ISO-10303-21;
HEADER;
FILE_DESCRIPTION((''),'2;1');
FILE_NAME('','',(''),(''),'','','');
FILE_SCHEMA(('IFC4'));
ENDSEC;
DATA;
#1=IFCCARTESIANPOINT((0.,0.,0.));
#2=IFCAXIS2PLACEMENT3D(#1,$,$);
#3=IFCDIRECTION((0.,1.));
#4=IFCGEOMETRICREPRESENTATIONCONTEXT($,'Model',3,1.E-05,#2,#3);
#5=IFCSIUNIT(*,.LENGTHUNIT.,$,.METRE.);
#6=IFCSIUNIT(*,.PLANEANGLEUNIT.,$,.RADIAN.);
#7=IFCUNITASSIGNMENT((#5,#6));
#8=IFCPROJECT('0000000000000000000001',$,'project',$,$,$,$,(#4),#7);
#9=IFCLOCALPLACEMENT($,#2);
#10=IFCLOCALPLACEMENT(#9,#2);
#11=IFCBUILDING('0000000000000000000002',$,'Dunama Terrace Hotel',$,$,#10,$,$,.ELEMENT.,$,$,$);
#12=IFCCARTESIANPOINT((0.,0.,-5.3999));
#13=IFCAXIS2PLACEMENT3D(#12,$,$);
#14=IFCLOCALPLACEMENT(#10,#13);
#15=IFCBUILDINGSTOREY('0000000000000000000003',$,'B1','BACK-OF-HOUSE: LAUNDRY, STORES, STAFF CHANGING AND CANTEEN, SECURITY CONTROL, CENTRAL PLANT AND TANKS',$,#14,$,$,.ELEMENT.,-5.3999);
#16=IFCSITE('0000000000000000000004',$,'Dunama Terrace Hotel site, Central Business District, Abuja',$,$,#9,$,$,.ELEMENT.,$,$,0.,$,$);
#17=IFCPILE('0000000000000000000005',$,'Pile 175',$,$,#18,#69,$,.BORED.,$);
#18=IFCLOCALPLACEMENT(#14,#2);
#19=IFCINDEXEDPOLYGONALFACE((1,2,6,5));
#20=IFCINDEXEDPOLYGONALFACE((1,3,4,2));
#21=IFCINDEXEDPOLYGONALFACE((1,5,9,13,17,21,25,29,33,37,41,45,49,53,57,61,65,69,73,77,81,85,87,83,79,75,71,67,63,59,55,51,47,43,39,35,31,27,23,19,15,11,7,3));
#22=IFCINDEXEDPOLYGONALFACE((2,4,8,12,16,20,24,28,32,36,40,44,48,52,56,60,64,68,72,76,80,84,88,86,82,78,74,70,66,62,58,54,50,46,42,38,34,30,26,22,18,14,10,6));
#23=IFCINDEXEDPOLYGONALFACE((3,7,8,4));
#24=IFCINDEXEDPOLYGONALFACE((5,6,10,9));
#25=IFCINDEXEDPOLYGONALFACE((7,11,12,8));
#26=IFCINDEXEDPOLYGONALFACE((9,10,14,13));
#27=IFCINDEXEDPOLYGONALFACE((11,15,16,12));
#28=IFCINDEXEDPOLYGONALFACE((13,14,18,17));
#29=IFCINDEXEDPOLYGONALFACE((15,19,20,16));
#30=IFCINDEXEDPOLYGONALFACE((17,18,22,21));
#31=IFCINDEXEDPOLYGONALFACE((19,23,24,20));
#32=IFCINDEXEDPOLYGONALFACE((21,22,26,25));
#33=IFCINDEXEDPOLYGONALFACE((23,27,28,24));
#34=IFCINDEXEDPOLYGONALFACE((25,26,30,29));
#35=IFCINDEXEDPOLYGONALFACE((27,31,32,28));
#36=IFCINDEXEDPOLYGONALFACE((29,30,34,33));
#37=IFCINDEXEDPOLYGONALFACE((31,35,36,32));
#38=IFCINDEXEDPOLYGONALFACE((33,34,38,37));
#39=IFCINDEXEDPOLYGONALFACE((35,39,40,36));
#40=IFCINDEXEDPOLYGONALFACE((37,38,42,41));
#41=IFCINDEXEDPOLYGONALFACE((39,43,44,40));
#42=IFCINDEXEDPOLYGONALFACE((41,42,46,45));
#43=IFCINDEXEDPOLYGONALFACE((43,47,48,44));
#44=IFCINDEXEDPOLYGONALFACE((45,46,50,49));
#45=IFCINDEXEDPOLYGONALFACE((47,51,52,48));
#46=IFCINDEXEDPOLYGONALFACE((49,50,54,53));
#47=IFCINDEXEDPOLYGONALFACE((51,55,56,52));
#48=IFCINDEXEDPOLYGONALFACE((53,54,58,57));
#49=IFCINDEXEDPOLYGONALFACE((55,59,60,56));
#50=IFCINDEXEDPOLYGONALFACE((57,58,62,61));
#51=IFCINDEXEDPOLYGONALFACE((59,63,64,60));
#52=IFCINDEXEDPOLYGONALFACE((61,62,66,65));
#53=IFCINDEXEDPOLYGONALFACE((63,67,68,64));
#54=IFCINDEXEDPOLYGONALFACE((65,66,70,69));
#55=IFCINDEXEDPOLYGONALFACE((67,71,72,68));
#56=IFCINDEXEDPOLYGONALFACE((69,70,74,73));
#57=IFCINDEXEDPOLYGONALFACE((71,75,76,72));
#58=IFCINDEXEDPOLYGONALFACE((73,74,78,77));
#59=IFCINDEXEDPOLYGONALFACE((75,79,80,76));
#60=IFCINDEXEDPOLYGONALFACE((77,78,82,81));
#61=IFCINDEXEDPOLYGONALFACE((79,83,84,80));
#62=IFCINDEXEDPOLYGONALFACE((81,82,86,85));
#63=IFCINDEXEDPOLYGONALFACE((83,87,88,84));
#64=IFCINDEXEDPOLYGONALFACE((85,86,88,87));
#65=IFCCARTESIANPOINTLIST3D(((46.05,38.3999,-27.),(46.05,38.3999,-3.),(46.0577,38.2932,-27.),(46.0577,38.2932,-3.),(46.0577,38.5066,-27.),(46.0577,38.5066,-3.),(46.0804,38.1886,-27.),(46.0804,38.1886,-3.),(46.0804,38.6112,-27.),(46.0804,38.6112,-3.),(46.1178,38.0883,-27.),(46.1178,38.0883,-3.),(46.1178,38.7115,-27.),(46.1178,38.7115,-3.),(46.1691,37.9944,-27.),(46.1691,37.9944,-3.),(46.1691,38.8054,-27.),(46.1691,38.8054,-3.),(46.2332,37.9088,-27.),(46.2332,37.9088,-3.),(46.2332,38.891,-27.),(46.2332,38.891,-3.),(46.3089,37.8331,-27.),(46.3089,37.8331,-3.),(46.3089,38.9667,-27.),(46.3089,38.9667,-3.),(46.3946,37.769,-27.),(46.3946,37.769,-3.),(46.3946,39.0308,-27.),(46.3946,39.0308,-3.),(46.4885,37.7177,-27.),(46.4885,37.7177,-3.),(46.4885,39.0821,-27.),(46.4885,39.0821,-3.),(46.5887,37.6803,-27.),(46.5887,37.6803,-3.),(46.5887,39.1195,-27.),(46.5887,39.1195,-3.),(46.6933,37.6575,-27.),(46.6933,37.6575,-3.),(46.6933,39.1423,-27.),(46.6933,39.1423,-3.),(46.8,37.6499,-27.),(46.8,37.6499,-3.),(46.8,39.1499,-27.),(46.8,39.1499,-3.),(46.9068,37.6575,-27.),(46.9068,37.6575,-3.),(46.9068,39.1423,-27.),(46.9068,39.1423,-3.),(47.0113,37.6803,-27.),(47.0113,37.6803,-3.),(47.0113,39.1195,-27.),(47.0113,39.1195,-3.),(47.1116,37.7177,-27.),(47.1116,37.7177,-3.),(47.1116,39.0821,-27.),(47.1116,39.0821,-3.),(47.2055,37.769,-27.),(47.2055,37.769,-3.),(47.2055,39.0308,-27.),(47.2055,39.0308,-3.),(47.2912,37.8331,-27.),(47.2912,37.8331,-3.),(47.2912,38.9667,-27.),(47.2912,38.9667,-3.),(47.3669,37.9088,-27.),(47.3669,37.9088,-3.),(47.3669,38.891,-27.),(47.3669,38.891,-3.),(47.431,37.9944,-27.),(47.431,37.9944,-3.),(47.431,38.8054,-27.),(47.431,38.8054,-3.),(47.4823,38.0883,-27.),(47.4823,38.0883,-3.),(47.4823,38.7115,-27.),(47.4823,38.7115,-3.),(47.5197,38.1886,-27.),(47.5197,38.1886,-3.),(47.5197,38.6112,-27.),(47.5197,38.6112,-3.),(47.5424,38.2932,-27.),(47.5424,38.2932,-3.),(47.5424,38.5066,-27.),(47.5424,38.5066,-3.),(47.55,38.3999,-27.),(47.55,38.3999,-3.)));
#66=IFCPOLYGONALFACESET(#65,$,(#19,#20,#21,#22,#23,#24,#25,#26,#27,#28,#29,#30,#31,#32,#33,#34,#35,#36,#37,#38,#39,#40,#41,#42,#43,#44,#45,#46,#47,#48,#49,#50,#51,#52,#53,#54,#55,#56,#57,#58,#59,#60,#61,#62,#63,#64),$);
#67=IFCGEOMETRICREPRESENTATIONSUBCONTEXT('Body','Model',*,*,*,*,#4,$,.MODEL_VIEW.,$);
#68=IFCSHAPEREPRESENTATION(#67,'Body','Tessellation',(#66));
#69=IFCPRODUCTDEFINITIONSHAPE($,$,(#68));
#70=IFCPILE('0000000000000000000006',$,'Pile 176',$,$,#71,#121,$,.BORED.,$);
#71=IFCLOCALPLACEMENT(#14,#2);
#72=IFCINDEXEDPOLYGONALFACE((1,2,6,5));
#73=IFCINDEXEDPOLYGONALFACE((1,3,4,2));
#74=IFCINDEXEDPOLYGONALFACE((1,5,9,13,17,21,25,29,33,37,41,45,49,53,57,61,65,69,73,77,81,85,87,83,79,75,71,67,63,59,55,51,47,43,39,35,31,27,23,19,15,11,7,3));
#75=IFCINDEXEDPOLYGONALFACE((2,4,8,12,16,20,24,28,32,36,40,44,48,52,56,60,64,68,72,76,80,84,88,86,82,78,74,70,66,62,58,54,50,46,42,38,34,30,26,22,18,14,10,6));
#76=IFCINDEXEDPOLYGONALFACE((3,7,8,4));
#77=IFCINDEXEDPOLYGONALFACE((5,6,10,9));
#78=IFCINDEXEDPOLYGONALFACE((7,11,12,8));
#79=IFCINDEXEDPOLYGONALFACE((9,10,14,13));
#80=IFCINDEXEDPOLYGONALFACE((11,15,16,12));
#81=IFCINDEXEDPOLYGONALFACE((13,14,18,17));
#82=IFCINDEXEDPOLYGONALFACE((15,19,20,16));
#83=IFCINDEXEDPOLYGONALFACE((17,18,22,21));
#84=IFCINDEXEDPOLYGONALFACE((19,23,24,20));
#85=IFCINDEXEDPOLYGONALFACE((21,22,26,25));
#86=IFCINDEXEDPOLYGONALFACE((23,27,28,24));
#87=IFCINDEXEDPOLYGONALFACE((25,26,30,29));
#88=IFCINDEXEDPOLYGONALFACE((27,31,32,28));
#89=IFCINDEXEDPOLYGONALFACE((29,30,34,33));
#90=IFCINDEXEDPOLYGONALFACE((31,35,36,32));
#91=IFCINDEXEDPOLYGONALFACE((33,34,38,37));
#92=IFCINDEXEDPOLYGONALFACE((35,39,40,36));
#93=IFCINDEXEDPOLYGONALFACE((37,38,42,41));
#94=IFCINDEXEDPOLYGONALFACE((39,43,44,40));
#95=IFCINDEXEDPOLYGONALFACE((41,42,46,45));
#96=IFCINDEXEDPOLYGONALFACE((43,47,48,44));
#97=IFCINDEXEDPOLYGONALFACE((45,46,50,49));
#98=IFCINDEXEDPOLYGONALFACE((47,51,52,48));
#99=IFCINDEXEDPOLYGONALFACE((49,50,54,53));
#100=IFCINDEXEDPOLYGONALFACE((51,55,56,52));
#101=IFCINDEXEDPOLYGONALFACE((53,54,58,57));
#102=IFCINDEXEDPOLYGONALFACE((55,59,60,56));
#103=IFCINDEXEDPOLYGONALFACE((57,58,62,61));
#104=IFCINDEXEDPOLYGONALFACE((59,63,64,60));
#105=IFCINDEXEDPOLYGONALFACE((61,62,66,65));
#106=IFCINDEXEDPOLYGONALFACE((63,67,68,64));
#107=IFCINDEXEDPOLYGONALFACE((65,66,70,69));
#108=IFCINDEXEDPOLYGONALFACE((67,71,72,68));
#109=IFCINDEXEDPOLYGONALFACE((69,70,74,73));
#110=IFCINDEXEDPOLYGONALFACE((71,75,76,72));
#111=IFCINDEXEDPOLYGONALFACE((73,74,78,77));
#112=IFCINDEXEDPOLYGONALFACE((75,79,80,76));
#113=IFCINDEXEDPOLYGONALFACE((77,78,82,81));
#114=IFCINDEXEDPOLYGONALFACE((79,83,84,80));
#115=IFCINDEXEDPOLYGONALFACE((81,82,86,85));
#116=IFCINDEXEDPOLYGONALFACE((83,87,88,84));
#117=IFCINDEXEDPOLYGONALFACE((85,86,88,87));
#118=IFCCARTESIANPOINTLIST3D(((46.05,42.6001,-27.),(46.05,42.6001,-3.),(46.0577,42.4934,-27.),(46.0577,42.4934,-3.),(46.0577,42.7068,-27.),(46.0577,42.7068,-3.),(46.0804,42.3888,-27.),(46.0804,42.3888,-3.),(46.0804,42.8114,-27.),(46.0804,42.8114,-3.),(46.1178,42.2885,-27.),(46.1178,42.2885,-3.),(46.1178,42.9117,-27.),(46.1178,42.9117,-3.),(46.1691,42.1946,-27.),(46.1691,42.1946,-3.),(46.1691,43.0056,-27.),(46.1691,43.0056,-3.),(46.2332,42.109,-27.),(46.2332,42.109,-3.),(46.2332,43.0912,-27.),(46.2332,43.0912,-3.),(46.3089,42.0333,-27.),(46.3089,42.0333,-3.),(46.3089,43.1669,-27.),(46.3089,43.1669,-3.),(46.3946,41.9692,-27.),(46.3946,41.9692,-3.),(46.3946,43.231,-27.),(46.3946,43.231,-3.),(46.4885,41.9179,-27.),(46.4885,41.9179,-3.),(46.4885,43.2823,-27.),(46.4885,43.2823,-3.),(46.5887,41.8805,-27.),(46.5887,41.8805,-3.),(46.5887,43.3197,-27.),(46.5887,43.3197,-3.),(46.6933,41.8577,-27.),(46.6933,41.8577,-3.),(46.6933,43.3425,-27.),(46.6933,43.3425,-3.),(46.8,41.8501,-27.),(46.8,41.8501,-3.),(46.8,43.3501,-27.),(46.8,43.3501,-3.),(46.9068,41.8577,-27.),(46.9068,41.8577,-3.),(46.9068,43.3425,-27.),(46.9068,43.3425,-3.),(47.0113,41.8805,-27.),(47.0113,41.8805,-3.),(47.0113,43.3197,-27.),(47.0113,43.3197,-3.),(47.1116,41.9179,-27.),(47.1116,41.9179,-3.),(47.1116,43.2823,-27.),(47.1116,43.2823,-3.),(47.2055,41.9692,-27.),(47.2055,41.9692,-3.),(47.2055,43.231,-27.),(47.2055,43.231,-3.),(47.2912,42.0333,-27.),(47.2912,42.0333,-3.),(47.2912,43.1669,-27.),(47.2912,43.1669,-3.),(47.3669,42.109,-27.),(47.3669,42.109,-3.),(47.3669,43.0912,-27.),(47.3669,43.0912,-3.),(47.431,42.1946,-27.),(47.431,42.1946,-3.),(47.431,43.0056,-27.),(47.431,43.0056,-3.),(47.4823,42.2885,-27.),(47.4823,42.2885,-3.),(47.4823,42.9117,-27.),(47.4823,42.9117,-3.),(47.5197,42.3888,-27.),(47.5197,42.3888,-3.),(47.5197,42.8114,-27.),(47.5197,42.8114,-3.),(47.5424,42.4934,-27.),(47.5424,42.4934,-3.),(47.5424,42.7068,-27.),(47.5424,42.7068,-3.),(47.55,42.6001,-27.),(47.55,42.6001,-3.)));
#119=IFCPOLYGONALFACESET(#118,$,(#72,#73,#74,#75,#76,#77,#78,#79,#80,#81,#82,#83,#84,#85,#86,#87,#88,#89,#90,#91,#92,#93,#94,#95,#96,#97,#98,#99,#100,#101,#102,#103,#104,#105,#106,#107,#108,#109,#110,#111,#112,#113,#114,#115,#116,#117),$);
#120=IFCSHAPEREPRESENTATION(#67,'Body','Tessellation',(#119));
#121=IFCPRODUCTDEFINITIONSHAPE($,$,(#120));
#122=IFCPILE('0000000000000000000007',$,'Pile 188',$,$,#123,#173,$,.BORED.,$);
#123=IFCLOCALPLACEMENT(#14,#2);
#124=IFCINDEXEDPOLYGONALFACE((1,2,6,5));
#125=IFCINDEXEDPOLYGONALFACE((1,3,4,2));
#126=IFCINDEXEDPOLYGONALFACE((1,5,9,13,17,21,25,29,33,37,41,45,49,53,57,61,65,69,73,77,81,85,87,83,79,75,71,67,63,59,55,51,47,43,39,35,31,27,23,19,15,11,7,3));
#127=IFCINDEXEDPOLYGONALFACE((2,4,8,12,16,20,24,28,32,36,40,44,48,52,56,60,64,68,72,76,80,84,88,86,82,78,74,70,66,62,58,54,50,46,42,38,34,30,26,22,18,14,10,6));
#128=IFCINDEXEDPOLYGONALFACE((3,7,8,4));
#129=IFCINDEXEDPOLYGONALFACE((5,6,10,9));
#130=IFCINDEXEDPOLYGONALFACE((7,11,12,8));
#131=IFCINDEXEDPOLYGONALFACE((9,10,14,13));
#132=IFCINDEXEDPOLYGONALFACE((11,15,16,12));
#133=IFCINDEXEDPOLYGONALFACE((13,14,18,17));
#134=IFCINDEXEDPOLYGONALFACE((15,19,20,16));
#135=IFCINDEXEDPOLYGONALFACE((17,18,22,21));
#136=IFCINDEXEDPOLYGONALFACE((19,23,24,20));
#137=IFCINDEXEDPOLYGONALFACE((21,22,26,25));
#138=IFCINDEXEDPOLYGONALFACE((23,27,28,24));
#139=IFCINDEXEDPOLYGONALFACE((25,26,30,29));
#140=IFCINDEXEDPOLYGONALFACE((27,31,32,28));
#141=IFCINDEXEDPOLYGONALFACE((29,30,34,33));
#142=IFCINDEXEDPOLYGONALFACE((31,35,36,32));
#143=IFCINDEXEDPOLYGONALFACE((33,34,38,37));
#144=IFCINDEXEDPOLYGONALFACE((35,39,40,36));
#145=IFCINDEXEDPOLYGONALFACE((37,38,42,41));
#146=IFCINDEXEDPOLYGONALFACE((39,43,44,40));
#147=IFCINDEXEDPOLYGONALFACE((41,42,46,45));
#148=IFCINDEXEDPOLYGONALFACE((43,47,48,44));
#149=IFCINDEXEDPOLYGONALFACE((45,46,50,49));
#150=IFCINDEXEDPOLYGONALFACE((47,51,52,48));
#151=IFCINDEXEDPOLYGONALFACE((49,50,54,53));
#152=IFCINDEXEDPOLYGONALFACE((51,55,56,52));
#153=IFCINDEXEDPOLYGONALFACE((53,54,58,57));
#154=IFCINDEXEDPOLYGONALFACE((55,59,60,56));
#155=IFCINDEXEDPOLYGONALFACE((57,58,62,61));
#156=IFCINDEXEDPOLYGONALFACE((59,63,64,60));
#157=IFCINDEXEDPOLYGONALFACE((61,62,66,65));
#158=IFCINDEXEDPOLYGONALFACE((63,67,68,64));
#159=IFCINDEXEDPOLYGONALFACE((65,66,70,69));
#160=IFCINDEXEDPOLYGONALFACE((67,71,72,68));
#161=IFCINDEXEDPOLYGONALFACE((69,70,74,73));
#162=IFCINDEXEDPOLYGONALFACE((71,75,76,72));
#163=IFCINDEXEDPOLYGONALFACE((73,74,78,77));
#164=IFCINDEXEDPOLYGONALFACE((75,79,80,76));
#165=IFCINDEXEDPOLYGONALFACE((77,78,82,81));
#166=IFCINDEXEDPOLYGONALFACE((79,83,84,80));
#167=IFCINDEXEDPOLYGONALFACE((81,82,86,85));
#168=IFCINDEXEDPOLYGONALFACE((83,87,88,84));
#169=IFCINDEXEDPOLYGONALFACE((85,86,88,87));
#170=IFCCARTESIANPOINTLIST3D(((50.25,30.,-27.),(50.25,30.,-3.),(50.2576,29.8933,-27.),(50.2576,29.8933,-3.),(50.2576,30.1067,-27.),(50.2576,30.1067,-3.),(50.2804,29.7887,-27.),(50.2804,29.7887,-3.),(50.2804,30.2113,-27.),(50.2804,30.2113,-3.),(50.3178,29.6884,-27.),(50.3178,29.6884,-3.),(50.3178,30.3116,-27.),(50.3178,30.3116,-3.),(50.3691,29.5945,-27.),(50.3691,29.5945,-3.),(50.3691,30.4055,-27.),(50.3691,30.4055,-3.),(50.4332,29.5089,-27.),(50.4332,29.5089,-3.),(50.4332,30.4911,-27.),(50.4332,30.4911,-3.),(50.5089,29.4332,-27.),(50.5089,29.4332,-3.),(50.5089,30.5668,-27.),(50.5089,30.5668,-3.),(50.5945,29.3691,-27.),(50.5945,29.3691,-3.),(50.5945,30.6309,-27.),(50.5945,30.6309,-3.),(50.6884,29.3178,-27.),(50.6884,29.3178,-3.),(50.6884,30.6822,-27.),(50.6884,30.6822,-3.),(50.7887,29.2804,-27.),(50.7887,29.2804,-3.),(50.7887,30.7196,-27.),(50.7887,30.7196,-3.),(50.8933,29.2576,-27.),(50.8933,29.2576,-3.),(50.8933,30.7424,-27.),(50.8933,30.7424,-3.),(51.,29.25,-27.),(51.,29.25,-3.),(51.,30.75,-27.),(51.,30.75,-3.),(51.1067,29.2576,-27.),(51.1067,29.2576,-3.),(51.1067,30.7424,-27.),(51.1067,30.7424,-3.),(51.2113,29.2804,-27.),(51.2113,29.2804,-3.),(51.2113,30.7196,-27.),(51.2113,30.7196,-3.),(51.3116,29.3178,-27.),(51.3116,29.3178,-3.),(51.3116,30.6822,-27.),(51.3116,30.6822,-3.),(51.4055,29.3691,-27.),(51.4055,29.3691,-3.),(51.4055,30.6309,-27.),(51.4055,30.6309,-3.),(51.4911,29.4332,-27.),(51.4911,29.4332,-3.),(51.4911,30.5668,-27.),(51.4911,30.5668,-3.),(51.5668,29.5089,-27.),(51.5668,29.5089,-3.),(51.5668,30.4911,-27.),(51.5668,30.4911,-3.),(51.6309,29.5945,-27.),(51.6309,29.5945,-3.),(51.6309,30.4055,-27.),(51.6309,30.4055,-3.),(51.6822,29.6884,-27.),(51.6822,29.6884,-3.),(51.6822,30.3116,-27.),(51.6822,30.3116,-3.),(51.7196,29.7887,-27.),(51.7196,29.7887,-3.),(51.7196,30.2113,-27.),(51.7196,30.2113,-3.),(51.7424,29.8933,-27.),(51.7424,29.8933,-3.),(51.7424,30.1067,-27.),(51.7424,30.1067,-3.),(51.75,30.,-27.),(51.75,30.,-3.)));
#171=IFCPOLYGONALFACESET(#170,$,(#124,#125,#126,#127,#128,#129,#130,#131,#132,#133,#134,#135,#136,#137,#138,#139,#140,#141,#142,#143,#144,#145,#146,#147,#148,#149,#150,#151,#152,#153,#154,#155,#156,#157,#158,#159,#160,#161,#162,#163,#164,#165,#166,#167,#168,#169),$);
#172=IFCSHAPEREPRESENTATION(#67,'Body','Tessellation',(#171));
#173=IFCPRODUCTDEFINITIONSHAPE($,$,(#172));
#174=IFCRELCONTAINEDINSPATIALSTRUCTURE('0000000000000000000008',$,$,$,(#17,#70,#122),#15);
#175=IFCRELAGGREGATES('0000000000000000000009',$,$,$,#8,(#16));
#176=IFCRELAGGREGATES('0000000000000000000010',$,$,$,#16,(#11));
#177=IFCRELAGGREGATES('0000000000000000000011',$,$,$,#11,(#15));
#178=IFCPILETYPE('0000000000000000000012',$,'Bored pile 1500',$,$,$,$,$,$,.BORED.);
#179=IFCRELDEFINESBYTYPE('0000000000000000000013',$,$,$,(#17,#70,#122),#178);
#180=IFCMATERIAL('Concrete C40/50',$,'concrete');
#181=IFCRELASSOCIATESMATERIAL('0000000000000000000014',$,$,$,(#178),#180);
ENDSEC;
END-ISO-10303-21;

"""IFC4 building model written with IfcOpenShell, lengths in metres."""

from ifc_helpers import new_model, si_unit, direction, frame, origin, origin_2d, place, context, subcontext, project, spatial, circle, extrude, material, material_profile, profile_set, type_object, element, save


model = new_model("IFC4")

# Units and contexts
model_context = context("Model", 3, precision=1e-05, world=origin(), true_north=direction((0.0, 1.0)))
body_context = subcontext(model_context, "Body", "Model", "MODEL_VIEW")
ifc_project = project(units=[si_unit("LENGTHUNIT", "METRE"), si_unit("PLANEANGLEUNIT", "RADIAN")], contexts=[model_context])

# Site, building, storey
site_placement = place(None, origin())
site = spatial("IfcSite", under=ifc_project, at=site_placement, Name="Dunama Terrace Hotel site, Central Business District, Abuja", CompositionType="ELEMENT", RefElevation=0.0)
building_placement = place(site_placement, origin())
building = spatial("IfcBuilding", under=site, at=building_placement, Name="Dunama Terrace Hotel", CompositionType="ELEMENT")
storey_placement = place(building_placement, frame((0.0, 0.0, -5.3999)))
storey = spatial("IfcBuildingStorey", under=building, at=storey_placement, Name="B1", Description="BACK-OF-HOUSE: LAUNDRY, STORES, STAFF CHANGING AND CANTEEN, SECURITY CONTROL, CENTRAL PLANT AND TANKS", CompositionType="ELEMENT", Elevation=-5.3999)

# Piles
ifc_material_1 = material(Name="Concrete C40/50", Category="concrete")
ifc_material_profile_1 = material_profile(ifc_material_1, circle(Radius=0.75, at=origin_2d()), Name="PILE D1500")
ifc_profile_set_1 = profile_set([ifc_material_profile_1], Name="Concrete C40/50")
pile_type = type_object("IfcPileType", Name="Bored pile 1500", PredefinedType="BORED", material=ifc_profile_set_1)
for number, where, z_axis, x_axis, name in (
    (1, (46.8, 38.3999, -3.0), (0.0, 0.0, -1.0), (1.0, 0.0, 0.0), "Pile 175"),
    (2, (46.8, 42.6001, -3.0), (0.0, 0.0, -1.0), (1.0, 0.0, 0.0), "Pile 176"),
    (3, (51.0, 30.0, -3.0), (0.0, 0.0, -1.0), (1.0, 0.0, 0.0), "Pile 188"),
):
    element("IfcPile", number, at=place(storey_placement, frame(where, z_axis=z_axis, x_axis=x_axis)), inside=storey, type_object=pile_type, Name=name, PredefinedType="BORED", context=body_context, shape_type="SweptSolid", body=[
        extrude(circle(Radius=0.75, at=origin_2d()), origin(), (0.0, 0.0, 1.0), 24.0),
    ])

save(model, "model.ifc")
